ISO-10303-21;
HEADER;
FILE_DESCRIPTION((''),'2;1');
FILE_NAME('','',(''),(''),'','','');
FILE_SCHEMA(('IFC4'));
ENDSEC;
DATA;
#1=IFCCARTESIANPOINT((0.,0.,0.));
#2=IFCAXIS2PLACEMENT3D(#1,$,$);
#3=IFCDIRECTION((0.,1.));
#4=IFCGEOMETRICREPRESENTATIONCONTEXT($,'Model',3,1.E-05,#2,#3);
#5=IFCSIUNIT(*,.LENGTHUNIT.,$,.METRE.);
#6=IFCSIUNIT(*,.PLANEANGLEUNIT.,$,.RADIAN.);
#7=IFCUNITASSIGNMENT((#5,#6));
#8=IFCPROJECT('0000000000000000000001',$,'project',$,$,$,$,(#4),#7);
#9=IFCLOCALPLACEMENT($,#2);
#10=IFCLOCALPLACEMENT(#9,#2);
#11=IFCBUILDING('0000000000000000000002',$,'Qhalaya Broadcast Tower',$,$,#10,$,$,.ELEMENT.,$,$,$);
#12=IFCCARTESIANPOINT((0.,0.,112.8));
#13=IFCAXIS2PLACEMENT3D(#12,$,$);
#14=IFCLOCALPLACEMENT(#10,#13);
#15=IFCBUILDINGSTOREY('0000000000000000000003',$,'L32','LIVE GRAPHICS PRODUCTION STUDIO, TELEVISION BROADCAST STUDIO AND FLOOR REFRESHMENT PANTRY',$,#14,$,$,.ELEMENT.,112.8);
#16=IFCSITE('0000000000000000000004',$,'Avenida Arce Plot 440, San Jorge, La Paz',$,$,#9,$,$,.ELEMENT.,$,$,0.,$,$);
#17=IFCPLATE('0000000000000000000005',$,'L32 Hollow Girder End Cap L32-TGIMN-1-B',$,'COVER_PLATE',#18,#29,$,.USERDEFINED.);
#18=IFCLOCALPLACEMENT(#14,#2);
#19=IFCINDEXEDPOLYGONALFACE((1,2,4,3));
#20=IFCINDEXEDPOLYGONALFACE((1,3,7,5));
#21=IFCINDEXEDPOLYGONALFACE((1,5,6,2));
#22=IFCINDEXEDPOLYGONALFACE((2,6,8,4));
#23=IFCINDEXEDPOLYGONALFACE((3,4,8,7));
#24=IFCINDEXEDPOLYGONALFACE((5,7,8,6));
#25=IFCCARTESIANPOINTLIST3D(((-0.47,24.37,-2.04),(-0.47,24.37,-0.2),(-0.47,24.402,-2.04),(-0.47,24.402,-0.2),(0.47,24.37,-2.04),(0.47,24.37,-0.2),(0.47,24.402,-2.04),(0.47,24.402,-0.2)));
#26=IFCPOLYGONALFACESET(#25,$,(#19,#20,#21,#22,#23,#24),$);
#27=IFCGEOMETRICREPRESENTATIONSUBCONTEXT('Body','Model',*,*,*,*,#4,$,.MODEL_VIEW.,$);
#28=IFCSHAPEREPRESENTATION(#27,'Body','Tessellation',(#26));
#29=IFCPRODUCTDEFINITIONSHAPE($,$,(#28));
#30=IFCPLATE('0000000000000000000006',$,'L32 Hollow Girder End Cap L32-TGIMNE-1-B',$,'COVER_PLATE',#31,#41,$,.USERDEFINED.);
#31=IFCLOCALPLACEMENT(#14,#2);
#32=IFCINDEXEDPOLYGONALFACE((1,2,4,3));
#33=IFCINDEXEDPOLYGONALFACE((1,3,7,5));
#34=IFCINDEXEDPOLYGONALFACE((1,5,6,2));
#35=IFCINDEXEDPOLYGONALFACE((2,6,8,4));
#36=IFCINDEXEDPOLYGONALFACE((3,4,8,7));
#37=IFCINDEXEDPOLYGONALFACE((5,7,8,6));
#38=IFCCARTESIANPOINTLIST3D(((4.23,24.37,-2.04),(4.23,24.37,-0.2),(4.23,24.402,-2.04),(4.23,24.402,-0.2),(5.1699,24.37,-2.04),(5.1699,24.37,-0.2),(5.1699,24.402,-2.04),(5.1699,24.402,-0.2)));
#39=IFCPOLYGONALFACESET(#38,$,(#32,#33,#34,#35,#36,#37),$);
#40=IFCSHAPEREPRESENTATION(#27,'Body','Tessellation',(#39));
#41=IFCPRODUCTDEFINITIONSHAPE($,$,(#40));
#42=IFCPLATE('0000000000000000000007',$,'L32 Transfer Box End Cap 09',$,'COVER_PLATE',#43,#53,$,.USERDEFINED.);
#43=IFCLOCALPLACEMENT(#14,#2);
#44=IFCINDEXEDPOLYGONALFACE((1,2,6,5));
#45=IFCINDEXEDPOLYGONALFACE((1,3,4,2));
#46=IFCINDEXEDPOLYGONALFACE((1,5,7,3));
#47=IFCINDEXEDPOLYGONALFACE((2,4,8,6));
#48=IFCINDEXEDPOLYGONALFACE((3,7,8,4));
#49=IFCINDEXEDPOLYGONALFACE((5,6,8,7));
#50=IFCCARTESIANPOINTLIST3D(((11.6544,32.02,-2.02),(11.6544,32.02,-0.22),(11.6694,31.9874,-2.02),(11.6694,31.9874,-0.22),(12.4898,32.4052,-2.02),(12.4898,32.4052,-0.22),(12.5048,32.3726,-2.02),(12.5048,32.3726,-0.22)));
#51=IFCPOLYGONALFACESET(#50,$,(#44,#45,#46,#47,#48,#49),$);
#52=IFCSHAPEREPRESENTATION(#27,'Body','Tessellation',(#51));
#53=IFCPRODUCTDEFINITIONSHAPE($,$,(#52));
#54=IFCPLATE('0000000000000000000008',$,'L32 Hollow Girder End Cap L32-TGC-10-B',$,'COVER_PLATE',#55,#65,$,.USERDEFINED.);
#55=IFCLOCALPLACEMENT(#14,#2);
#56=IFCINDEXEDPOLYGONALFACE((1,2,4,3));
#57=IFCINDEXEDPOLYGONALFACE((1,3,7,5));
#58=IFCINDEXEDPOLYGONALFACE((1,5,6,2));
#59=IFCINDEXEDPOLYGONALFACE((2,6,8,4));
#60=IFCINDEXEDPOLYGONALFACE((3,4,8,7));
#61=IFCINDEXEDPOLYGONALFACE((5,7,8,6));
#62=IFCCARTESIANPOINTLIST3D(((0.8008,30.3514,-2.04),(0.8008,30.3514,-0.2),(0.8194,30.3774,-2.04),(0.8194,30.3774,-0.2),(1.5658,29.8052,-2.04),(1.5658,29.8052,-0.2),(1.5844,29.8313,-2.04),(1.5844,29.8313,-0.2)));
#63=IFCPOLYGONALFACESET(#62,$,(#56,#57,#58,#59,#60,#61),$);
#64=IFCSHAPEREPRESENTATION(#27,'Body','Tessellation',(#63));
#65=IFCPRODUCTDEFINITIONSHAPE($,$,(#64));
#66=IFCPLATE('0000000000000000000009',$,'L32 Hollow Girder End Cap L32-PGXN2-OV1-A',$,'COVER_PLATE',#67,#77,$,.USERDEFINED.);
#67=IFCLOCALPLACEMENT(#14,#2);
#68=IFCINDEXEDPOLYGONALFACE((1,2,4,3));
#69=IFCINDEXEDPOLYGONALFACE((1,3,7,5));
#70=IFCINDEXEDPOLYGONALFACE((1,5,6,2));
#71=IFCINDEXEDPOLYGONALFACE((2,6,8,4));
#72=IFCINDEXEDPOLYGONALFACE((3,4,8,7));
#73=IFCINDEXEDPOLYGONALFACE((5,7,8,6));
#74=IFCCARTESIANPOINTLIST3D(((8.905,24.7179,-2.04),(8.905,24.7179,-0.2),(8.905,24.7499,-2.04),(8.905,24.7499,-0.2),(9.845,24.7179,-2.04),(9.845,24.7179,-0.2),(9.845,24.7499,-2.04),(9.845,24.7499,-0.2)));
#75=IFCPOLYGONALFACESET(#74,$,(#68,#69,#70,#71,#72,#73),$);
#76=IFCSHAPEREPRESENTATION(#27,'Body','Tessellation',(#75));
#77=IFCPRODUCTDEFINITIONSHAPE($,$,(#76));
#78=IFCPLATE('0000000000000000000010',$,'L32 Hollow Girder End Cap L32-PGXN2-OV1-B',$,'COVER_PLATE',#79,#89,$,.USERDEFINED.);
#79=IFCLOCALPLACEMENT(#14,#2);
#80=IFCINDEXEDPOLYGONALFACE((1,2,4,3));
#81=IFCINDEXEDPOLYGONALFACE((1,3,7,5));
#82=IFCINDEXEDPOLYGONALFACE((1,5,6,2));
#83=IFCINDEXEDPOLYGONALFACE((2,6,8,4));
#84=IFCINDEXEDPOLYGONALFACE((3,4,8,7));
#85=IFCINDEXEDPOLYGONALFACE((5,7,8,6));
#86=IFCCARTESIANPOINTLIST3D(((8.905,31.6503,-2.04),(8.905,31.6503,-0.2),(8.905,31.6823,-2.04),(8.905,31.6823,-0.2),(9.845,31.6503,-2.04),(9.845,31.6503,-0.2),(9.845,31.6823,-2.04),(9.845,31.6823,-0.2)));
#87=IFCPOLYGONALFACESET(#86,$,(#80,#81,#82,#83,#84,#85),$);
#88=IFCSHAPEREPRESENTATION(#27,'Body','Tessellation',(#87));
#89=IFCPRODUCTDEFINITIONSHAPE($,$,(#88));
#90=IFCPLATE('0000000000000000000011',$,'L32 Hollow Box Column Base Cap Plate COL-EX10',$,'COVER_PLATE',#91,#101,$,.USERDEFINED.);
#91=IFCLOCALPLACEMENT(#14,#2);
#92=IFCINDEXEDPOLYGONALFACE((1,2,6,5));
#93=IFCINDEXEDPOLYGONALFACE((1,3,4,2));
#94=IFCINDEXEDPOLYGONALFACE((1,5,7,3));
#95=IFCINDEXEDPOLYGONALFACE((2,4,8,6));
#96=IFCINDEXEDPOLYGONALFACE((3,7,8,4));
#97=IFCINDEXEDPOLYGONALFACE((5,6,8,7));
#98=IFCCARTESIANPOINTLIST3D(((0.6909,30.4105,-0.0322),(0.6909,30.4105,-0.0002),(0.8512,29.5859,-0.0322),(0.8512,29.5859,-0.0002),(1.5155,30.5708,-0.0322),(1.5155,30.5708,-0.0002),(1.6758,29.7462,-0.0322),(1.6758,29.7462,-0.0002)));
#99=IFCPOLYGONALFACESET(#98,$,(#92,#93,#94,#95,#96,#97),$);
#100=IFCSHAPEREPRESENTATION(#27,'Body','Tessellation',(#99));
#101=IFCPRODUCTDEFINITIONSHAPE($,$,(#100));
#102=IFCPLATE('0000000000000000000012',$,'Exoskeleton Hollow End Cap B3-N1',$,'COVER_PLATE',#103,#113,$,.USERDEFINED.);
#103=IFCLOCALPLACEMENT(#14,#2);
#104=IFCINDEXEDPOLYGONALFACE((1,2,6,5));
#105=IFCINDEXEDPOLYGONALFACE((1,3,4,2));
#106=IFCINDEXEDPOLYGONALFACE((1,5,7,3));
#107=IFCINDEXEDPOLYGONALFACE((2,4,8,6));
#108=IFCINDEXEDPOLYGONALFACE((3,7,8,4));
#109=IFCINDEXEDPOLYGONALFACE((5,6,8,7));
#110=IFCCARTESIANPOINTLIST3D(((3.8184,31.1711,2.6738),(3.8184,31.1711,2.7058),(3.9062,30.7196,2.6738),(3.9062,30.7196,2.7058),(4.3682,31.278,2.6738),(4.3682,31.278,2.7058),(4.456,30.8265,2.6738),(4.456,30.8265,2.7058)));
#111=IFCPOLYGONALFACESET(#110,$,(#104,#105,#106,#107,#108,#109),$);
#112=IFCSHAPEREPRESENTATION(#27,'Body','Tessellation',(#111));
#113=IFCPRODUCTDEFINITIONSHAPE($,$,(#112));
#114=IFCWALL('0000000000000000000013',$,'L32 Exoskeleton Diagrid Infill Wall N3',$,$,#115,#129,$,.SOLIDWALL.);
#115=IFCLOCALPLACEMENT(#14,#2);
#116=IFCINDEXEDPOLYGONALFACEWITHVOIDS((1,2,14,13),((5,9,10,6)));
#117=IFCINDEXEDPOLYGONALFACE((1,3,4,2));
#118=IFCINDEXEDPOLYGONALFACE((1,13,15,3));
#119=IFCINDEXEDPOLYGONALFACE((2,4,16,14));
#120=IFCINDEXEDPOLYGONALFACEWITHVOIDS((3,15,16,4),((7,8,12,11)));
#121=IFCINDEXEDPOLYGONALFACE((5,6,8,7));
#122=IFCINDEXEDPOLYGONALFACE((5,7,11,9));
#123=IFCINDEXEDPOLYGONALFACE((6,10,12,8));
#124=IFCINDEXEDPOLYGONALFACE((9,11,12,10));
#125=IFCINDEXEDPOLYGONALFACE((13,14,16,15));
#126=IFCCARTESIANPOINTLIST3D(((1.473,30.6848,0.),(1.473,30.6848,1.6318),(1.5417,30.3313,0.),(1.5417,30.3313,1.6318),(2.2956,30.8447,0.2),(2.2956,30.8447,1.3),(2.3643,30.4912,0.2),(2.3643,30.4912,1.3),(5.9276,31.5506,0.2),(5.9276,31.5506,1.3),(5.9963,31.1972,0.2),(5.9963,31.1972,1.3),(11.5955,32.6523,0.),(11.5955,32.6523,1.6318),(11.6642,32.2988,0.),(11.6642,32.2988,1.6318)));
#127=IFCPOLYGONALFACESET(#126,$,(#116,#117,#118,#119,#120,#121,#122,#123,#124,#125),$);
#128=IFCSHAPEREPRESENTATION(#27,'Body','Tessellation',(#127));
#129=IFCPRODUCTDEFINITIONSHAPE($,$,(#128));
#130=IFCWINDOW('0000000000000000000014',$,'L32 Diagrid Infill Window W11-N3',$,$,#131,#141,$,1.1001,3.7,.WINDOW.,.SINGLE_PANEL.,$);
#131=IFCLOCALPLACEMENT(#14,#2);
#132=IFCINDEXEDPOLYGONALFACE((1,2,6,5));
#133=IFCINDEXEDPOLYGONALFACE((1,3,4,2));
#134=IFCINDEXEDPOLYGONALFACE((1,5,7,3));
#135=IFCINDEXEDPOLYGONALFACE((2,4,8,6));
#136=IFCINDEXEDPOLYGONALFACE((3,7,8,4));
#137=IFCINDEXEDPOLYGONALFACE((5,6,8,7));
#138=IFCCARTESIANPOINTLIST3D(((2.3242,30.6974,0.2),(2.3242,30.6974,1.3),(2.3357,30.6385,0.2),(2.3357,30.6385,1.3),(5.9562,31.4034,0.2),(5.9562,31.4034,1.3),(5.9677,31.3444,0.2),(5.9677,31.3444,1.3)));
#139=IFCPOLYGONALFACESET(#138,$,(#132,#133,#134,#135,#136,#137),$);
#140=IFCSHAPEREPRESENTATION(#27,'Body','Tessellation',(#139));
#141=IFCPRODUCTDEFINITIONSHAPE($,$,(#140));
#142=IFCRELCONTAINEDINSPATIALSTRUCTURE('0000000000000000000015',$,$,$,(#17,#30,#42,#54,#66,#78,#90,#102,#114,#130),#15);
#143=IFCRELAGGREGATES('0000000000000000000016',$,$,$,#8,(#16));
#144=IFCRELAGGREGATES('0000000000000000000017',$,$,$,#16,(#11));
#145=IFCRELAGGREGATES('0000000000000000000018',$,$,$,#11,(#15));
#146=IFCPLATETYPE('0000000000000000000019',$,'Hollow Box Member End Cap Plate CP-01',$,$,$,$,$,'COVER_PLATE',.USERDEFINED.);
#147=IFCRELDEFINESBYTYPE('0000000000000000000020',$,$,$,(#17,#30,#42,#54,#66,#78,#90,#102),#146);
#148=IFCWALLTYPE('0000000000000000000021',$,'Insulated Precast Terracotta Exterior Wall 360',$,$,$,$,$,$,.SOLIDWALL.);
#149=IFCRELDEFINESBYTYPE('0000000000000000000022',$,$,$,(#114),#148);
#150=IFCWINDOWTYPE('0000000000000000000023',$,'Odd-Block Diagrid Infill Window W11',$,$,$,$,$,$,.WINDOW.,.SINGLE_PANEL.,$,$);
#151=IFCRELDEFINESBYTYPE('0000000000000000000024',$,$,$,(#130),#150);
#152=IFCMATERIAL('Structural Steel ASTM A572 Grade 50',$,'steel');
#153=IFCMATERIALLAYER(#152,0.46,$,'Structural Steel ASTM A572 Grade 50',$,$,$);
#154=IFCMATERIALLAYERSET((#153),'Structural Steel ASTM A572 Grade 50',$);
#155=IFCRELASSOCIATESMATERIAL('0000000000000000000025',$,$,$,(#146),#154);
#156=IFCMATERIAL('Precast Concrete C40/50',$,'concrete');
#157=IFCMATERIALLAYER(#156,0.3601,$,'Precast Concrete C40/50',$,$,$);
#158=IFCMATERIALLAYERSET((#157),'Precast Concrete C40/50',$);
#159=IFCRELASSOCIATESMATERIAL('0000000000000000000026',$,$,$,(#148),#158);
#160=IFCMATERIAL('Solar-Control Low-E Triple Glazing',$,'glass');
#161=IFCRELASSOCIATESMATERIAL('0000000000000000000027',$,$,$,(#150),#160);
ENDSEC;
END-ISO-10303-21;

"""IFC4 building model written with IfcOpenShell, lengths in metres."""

from ifc_helpers import new_model, si_unit, direction, frame, frame_2d, origin, origin_2d, place, context, subcontext, project, spatial, rectangle, extrude, material, layer, layer_set, type_object, element, fill, save


model = new_model("IFC4")

# Units and contexts
model_context = context("Model", 3, precision=1e-05, world=origin(), true_north=direction((0.0, 1.0)))
body_context = subcontext(model_context, "Body", "Model", "MODEL_VIEW")
ifc_project = project(units=[si_unit("LENGTHUNIT", "METRE"), si_unit("PLANEANGLEUNIT", "RADIAN")], contexts=[model_context])

# Site, building, storey
site_placement = place(None, origin())
site = spatial("IfcSite", under=ifc_project, at=site_placement, Name="Avenida Arce Plot 440, San Jorge, La Paz", CompositionType="ELEMENT", RefElevation=0.0)
building_placement = place(site_placement, origin())
building = spatial("IfcBuilding", under=site, at=building_placement, Name="Qhalaya Broadcast Tower", CompositionType="ELEMENT")
storey_placement = place(building_placement, frame((0.0, 0.0, 112.8)))
storey = spatial("IfcBuildingStorey", under=building, at=storey_placement, Name="L32", Description="LIVE GRAPHICS PRODUCTION STUDIO, TELEVISION BROADCAST STUDIO AND FLOOR REFRESHMENT PANTRY", CompositionType="ELEMENT", Elevation=112.8)

# Shared definitions
ifc_material_1 = material(Name="Structural Steel ASTM A572 Grade 50", Category="steel")

# Plates
ifc_layer_1 = layer(ifc_material_1, 0.46, Name="Structural Steel ASTM A572 Grade 50")
ifc_layer_set_1 = layer_set([ifc_layer_1], Name="Structural Steel ASTM A572 Grade 50")
plate_type_1 = type_object("IfcPlateType", Name="Hollow Box Member End Cap Plate CP-01", ElementType="COVER_PLATE", PredefinedType="USERDEFINED", material=ifc_layer_set_1)
for number, where, z_axis, x_axis, name in (
    (1, (0.0, 24.386, -2.04), (0.0, 0.0, 1.0), (-1.0, 0.0, 0.0), "L32 Hollow Girder End Cap L32-TGIMN-1-B"),
    (2, (4.7, 24.386, -2.04), (0.0, 0.0, 1.0), (-1.0, 0.0, 0.0), "L32 Hollow Girder End Cap L32-TGIMNE-1-B"),
):
    element("IfcPlate", number, at=place(storey_placement, frame(where, z_axis=z_axis, x_axis=x_axis)), inside=storey, type_object=plate_type_1, Name=name, ObjectType="COVER_PLATE", PredefinedType="USERDEFINED", context=body_context, shape_type="SweptSolid", body=[
        extrude(rectangle(XDim=0.9399, YDim=0.032, at=origin_2d()), origin(), (0.0, 0.0, 1.0), 1.8401),
    ])
plate_1_placement = place(storey_placement, frame((12.0796, 32.1963, -2.02), z_axis=(0.0, 0.0, 1.0), x_axis=(-0.908099, -0.418755, 0.0)))
element("IfcPlate", 3, at=plate_1_placement, inside=storey, type_object=plate_type_1, Name="L32 Transfer Box End Cap 09", ObjectType="COVER_PLATE", PredefinedType="USERDEFINED", context=body_context, shape_type="SweptSolid", body=[
    extrude(rectangle(XDim=0.9199, YDim=0.0359, at=origin_2d()), origin(), (0.0, 0.0, 1.0), 1.8),
])
for number, where, z_axis, x_axis, name in (
    (4, (1.1926, 30.0913, -2.04), (0.0, 0.0, 1.0), (-0.813882, 0.58103, 0.0), "L32 Hollow Girder End Cap L32-TGC-10-B"),
    (5, (9.375, 24.7339, -2.04), (0.0, 0.0, 1.0), (-1.0, 0.0, 0.0), "L32 Hollow Girder End Cap L32-PGXN2-OV1-A"),
    (6, (9.375, 31.6663, -2.04), (0.0, 0.0, 1.0), (-1.0, 0.0, 0.0), "L32 Hollow Girder End Cap L32-PGXN2-OV1-B"),
):
    element("IfcPlate", number, at=place(storey_placement, frame(where, z_axis=z_axis, x_axis=x_axis)), inside=storey, type_object=plate_type_1, Name=name, ObjectType="COVER_PLATE", PredefinedType="USERDEFINED", context=body_context, shape_type="SweptSolid", body=[
        extrude(rectangle(XDim=0.9399, YDim=0.032, at=origin_2d()), origin(), (0.0, 0.0, 1.0), 1.8401),
    ])
plate_2_placement = place(storey_placement, frame((1.1833, 30.0784, -0.0322), z_axis=(0.0, 0.0, 1.0), x_axis=(0.981627, 0.190809, 0.0)))
element("IfcPlate", 7, at=plate_2_placement, inside=storey, type_object=plate_type_1, Name="L32 Hollow Box Column Base Cap Plate COL-EX10", ObjectType="COVER_PLATE", PredefinedType="USERDEFINED", context=body_context, shape_type="SweptSolid", body=[
    extrude(rectangle(XDim=0.8401, YDim=0.8401, at=origin_2d()), origin(), (0.0, 0.0, 1.0), 0.032),
])
plate_3_placement = place(storey_placement, frame((4.1372, 30.9988, 2.6738), z_axis=(0.0, 0.0, 1.0), x_axis=(0.981627, 0.190809, 0.0)))
element("IfcPlate", 8, at=plate_3_placement, inside=storey, type_object=plate_type_1, Name="Exoskeleton Hollow End Cap B3-N1", ObjectType="COVER_PLATE", PredefinedType="USERDEFINED", context=body_context, shape_type="SweptSolid", body=[
    extrude(rectangle(XDim=0.5601, YDim=0.46, at=origin_2d()), origin(), (0.0, 0.0, 1.0), 0.032),
])

# Wall, opening, window
ifc_material_2 = material(Name="Precast Concrete C40/50", Category="concrete")
ifc_layer_2 = layer(ifc_material_2, 0.3601, Name="Precast Concrete C40/50")
ifc_layer_set_2 = layer_set([ifc_layer_2], Name="Precast Concrete C40/50")
wall_type = type_object("IfcWallType", Name="Insulated Precast Terracotta Exterior Wall 360", PredefinedType="SOLIDWALL", material=ifc_layer_set_2)
wall_placement = place(storey_placement, frame((1.5073, 30.5081, 0.0), z_axis=(0.0, 0.0, 1.0), x_axis=(0.981629, 0.1908, 0.0)))
wall = element("IfcWall", 9, at=wall_placement, inside=storey, type_object=wall_type, Name="L32 Exoskeleton Diagrid Infill Wall N3", PredefinedType="SOLIDWALL", context=body_context, shape_type="SweptSolid", body=[
    extrude(rectangle(XDim=10.312, YDim=0.3601, at=frame_2d((5.156, 0.0))), origin(), (0.0, 0.0, 1.0), 1.6318),
])
opening_placement = place(wall_placement, frame((0.8379, 0.0, 0.2)))
opening = element("IfcOpeningElement", 10, at=opening_placement, cuts=wall, PredefinedType="OPENING", context=body_context, shape_type="SweptSolid", body=[
    extrude(rectangle(XDim=3.7, YDim=1.1001, at=frame_2d((1.8501, 0.55))), frame((0.0, 0.1921, 0.0), z_axis=(0.0, -1.0, 0.0), x_axis=(1.0, 0.0, 0.0)), (0.0, 0.0, 1.0), 0.384),
])
ifc_material_3 = material(Name="Solar-Control Low-E Triple Glazing", Category="glass")
window_type = type_object("IfcWindowType", Name="Odd-Block Diagrid Infill Window W11", PartitioningType="SINGLE_PANEL", PredefinedType="WINDOW", material=ifc_material_3)
window_placement = place(opening_placement, origin())
window = element("IfcWindow", 11, at=window_placement, inside=storey, type_object=window_type, Name="L32 Diagrid Infill Window W11-N3", OverallHeight=1.1001, OverallWidth=3.7, PartitioningType="SINGLE_PANEL", PredefinedType="WINDOW", context=body_context, shape_type="SweptSolid", body=[
    extrude(rectangle(XDim=3.7, YDim=1.1001, at=frame_2d((1.8501, 0.55))), frame((0.0, 0.03, 0.0), z_axis=(0.0, -1.0, 0.0), x_axis=(1.0, 0.0, 0.0)), (0.0, 0.0, 1.0), 0.0601),
])
fill(opening, window)

save(model, "model.ifc")
